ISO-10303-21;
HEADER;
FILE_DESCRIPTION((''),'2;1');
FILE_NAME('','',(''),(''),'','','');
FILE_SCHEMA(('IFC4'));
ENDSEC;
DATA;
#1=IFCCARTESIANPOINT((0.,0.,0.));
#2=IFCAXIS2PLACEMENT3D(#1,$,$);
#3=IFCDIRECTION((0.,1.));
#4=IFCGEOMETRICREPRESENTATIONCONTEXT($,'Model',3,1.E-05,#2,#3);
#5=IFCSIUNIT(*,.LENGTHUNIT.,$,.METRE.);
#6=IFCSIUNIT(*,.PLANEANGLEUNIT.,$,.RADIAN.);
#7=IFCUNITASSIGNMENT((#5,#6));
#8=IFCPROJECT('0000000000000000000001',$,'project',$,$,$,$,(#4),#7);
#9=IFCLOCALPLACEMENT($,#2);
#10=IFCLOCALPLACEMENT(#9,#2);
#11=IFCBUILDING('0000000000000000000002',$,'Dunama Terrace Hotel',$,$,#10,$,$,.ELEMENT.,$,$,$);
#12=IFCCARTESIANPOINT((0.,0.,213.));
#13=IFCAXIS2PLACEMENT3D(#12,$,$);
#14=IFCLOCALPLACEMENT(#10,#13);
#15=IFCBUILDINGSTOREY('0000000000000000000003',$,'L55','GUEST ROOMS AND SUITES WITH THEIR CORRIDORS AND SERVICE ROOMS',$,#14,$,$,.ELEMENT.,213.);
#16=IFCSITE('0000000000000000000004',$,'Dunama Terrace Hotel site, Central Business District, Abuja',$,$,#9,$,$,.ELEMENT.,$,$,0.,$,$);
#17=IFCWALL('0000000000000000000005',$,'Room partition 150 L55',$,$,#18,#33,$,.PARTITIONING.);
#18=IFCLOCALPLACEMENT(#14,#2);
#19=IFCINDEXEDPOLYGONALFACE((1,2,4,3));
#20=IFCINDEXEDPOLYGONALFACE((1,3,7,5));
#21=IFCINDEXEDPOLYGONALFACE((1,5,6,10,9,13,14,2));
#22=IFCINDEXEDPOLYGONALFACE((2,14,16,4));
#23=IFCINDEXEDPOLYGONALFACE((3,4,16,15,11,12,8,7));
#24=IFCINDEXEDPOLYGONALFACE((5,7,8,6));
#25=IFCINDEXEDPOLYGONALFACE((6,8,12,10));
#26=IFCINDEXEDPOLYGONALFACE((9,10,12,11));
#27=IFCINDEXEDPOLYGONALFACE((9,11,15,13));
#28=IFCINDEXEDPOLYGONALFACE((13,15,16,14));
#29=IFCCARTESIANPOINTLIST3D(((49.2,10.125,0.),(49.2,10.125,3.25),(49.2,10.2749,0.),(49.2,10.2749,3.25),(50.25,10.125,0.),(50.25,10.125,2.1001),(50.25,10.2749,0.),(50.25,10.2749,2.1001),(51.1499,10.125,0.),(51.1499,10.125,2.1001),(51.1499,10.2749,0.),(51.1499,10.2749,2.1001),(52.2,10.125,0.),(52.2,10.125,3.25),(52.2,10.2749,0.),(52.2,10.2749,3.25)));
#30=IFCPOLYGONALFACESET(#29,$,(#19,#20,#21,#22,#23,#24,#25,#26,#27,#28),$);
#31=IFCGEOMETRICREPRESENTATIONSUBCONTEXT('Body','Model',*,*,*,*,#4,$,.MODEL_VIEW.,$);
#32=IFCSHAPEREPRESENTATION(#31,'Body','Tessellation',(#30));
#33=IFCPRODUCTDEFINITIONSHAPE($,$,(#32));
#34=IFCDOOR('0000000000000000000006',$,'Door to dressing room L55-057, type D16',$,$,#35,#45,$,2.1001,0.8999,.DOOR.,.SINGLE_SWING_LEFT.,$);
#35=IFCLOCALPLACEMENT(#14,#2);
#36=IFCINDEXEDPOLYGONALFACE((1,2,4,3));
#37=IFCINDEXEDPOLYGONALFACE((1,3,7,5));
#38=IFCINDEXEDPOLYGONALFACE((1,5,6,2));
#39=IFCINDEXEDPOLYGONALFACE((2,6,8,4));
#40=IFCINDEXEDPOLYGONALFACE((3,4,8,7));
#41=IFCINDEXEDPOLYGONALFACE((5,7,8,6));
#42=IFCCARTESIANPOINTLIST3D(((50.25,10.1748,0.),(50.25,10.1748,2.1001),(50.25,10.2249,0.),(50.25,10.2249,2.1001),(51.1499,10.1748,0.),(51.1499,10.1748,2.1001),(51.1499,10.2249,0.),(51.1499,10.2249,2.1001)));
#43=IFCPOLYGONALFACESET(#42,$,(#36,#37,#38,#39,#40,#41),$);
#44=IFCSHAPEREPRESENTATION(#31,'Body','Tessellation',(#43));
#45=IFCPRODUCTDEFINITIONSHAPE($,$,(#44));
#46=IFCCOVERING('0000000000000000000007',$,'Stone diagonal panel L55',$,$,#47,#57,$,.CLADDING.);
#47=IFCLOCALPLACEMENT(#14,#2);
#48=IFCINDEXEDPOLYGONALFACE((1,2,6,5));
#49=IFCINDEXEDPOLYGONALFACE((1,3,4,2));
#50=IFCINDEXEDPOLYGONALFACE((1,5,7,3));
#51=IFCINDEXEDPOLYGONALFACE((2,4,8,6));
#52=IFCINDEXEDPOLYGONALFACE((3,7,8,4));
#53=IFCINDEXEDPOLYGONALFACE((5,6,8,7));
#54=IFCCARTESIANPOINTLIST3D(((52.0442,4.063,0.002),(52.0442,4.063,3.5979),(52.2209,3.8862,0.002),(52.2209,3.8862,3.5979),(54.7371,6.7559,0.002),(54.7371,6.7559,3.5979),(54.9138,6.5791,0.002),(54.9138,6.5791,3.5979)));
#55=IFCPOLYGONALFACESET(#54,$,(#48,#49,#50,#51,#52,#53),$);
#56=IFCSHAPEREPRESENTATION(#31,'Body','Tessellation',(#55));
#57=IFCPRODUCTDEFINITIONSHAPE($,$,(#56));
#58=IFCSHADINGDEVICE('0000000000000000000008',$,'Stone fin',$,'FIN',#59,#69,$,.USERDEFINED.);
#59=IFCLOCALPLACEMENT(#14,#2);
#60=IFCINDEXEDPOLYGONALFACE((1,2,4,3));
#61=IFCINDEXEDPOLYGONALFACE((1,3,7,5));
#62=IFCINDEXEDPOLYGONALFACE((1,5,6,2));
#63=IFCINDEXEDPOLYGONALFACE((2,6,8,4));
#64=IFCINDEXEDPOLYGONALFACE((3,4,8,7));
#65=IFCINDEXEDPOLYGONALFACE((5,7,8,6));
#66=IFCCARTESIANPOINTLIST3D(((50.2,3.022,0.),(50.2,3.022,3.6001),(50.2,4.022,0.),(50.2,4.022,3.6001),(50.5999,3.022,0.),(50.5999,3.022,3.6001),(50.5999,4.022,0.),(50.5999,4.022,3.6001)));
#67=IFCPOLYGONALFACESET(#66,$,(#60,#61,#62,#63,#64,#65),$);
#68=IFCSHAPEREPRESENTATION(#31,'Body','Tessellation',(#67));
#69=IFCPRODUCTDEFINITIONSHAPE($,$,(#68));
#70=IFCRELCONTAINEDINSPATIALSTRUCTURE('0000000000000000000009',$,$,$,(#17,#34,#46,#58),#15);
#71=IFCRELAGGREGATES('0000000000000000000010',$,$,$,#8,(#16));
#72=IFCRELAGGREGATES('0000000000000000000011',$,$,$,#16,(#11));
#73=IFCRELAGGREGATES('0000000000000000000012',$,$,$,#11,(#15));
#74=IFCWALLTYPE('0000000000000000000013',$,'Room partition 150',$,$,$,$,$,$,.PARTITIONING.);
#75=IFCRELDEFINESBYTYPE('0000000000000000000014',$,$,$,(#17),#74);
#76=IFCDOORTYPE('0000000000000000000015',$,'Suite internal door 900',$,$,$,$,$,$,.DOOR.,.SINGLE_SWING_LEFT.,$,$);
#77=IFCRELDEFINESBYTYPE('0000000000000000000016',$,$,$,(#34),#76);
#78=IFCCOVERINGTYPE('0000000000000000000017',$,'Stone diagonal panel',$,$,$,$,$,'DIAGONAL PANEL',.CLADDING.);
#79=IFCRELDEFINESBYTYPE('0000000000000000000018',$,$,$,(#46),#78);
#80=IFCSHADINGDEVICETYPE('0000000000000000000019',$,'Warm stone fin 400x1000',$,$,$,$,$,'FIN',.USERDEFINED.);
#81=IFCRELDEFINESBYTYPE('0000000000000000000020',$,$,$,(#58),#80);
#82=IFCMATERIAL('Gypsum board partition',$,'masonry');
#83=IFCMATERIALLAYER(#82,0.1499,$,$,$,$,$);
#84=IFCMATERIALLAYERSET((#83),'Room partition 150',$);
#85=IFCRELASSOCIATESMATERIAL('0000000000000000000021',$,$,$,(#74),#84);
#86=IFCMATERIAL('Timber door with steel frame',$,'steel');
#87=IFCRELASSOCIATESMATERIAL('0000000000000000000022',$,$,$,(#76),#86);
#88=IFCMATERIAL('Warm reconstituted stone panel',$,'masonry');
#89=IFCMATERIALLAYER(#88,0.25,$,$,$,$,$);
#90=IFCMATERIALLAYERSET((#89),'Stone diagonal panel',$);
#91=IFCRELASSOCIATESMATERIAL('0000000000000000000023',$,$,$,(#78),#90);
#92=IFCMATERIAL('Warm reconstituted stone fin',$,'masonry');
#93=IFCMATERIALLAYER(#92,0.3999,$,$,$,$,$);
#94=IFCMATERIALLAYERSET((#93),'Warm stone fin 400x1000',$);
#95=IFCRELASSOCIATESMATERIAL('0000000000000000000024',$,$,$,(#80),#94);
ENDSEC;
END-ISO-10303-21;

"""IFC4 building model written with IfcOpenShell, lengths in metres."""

from ifc_helpers import new_model, si_unit, direction, frame, frame_2d, origin, origin_2d, place, context, subcontext, project, spatial, rectangle, extrude, material, layer, layer_set, type_object, element, fill, save


model = new_model("IFC4")

# Units and contexts
model_context = context("Model", 3, precision=1e-05, world=origin(), true_north=direction((0.0, 1.0)))
body_context = subcontext(model_context, "Body", "Model", "MODEL_VIEW")
ifc_project = project(units=[si_unit("LENGTHUNIT", "METRE"), si_unit("PLANEANGLEUNIT", "RADIAN")], contexts=[model_context])

# Site, building, storey
site_placement = place(None, origin())
site = spatial("IfcSite", under=ifc_project, at=site_placement, Name="Dunama Terrace Hotel site, Central Business District, Abuja", CompositionType="ELEMENT", RefElevation=0.0)
building_placement = place(site_placement, origin())
building = spatial("IfcBuilding", under=site, at=building_placement, Name="Dunama Terrace Hotel", CompositionType="ELEMENT")
storey_placement = place(building_placement, frame((0.0, 0.0, 213.0)))
storey = spatial("IfcBuildingStorey", under=building, at=storey_placement, Name="L55", Description="GUEST ROOMS AND SUITES WITH THEIR CORRIDORS AND SERVICE ROOMS", CompositionType="ELEMENT", Elevation=213.0)

# Shared definitions
ifc_material_1 = material(Name="Gypsum board partition", Category="masonry")
ifc_layer_1 = layer(ifc_material_1, 0.1499)
ifc_layer_set_1 = layer_set([ifc_layer_1], Name="Room partition 150")
wall_type_1 = type_object("IfcWallType", Name="Room partition 150", PredefinedType="PARTITIONING", material=ifc_layer_set_1)
ifc_material_2 = material(Name="Timber door with steel frame", Category="steel")
door_type_1 = type_object("IfcDoorType", Name="Suite internal door 900", OperationType="SINGLE_SWING_LEFT", PredefinedType="DOOR", material=ifc_material_2)

# Wall, opening, door
wall_1_placement = place(storey_placement, frame((49.2, 10.2, 0.0), z_axis=(0.0, 0.0, 1.0), x_axis=(1.0, 0.0, 0.0)))
wall_1 = element("IfcWall", 1, at=wall_1_placement, inside=storey, type_object=wall_type_1, Name="Room partition 150 L55", PredefinedType="PARTITIONING", context=body_context, shape_type="SweptSolid", body=[
    extrude(rectangle(XDim=3.0, YDim=0.1499, at=frame_2d((1.5, 0.0))), origin(), (0.0, 0.0, 1.0), 3.25),
])
opening_1_placement = place(wall_1_placement, frame((1.05, 0.0, 0.0)))
opening_1 = element("IfcOpeningElement", 2, at=opening_1_placement, cuts=wall_1, PredefinedType="OPENING", context=body_context, shape_type="SweptSolid", body=[
    extrude(rectangle(XDim=0.8999, YDim=2.1001, at=frame_2d((0.45, 1.05))), frame((0.0, 0.085, 0.0), z_axis=(0.0, -1.0, 0.0), x_axis=(1.0, 0.0, 0.0)), (0.0, 0.0, 1.0), 0.1699),
])
door_1_placement = place(opening_1_placement, origin())
door_1 = element("IfcDoor", 3, at=door_1_placement, inside=storey, type_object=door_type_1, Name="Door to dressing room L55-057, type D16", OperationType="SINGLE_SWING_LEFT", OverallHeight=2.1001, OverallWidth=0.8999, PredefinedType="DOOR", context=body_context, shape_type="SweptSolid", body=[
    extrude(rectangle(XDim=0.8999, YDim=2.1001, at=frame_2d((0.45, 1.05))), frame((0.0, 0.0249, 0.0), z_axis=(0.0, -1.0, 0.0), x_axis=(1.0, 0.0, 0.0)), (0.0, 0.0, 1.0), 0.05),
])
fill(opening_1, door_1)

# Covering
ifc_material_3 = material(Name="Warm reconstituted stone panel", Category="masonry")
ifc_layer_2 = layer(ifc_material_3, 0.25)
ifc_layer_set_2 = layer_set([ifc_layer_2], Name="Stone diagonal panel")
covering_type = type_object("IfcCoveringType", Name="Stone diagonal panel", ElementType="DIAGONAL PANEL", PredefinedType="CLADDING", material=ifc_layer_set_2)
covering_placement = place(storey_placement, frame((53.479, 5.321, 0.002), z_axis=(0.0, 0.0, 1.0), x_axis=(0.707107, 0.707107, 0.0)))
element("IfcCovering", 4, at=covering_placement, inside=storey, type_object=covering_type, Name="Stone diagonal panel L55", PredefinedType="CLADDING", context=body_context, shape_type="SweptSolid", body=[
    extrude(rectangle(XDim=3.8083, YDim=0.25, at=origin_2d()), origin(), (0.0, 0.0, 1.0), 3.5959),
])

# Shading device
ifc_material_4 = material(Name="Warm reconstituted stone fin", Category="masonry")
ifc_layer_3 = layer(ifc_material_4, 0.3999)
ifc_layer_set_3 = layer_set([ifc_layer_3], Name="Warm stone fin 400x1000")
shading_device_type = type_object("IfcShadingDeviceType", Name="Warm stone fin 400x1000", ElementType="FIN", PredefinedType="USERDEFINED", material=ifc_layer_set_3)
shading_device_placement = place(storey_placement, frame((50.3999, 3.522, 0.0), z_axis=(0.0, 0.0, 1.0), x_axis=(1.0, 0.0, 0.0)))
element("IfcShadingDevice", 5, at=shading_device_placement, inside=storey, type_object=shading_device_type, Name="Stone fin", ObjectType="FIN", PredefinedType="USERDEFINED", context=body_context, shape_type="SweptSolid", body=[
    extrude(rectangle(XDim=0.3999, YDim=1.0, at=origin_2d()), origin(), (0.0, 0.0, 1.0), 3.6001),
])

save(model, "model.ifc")
